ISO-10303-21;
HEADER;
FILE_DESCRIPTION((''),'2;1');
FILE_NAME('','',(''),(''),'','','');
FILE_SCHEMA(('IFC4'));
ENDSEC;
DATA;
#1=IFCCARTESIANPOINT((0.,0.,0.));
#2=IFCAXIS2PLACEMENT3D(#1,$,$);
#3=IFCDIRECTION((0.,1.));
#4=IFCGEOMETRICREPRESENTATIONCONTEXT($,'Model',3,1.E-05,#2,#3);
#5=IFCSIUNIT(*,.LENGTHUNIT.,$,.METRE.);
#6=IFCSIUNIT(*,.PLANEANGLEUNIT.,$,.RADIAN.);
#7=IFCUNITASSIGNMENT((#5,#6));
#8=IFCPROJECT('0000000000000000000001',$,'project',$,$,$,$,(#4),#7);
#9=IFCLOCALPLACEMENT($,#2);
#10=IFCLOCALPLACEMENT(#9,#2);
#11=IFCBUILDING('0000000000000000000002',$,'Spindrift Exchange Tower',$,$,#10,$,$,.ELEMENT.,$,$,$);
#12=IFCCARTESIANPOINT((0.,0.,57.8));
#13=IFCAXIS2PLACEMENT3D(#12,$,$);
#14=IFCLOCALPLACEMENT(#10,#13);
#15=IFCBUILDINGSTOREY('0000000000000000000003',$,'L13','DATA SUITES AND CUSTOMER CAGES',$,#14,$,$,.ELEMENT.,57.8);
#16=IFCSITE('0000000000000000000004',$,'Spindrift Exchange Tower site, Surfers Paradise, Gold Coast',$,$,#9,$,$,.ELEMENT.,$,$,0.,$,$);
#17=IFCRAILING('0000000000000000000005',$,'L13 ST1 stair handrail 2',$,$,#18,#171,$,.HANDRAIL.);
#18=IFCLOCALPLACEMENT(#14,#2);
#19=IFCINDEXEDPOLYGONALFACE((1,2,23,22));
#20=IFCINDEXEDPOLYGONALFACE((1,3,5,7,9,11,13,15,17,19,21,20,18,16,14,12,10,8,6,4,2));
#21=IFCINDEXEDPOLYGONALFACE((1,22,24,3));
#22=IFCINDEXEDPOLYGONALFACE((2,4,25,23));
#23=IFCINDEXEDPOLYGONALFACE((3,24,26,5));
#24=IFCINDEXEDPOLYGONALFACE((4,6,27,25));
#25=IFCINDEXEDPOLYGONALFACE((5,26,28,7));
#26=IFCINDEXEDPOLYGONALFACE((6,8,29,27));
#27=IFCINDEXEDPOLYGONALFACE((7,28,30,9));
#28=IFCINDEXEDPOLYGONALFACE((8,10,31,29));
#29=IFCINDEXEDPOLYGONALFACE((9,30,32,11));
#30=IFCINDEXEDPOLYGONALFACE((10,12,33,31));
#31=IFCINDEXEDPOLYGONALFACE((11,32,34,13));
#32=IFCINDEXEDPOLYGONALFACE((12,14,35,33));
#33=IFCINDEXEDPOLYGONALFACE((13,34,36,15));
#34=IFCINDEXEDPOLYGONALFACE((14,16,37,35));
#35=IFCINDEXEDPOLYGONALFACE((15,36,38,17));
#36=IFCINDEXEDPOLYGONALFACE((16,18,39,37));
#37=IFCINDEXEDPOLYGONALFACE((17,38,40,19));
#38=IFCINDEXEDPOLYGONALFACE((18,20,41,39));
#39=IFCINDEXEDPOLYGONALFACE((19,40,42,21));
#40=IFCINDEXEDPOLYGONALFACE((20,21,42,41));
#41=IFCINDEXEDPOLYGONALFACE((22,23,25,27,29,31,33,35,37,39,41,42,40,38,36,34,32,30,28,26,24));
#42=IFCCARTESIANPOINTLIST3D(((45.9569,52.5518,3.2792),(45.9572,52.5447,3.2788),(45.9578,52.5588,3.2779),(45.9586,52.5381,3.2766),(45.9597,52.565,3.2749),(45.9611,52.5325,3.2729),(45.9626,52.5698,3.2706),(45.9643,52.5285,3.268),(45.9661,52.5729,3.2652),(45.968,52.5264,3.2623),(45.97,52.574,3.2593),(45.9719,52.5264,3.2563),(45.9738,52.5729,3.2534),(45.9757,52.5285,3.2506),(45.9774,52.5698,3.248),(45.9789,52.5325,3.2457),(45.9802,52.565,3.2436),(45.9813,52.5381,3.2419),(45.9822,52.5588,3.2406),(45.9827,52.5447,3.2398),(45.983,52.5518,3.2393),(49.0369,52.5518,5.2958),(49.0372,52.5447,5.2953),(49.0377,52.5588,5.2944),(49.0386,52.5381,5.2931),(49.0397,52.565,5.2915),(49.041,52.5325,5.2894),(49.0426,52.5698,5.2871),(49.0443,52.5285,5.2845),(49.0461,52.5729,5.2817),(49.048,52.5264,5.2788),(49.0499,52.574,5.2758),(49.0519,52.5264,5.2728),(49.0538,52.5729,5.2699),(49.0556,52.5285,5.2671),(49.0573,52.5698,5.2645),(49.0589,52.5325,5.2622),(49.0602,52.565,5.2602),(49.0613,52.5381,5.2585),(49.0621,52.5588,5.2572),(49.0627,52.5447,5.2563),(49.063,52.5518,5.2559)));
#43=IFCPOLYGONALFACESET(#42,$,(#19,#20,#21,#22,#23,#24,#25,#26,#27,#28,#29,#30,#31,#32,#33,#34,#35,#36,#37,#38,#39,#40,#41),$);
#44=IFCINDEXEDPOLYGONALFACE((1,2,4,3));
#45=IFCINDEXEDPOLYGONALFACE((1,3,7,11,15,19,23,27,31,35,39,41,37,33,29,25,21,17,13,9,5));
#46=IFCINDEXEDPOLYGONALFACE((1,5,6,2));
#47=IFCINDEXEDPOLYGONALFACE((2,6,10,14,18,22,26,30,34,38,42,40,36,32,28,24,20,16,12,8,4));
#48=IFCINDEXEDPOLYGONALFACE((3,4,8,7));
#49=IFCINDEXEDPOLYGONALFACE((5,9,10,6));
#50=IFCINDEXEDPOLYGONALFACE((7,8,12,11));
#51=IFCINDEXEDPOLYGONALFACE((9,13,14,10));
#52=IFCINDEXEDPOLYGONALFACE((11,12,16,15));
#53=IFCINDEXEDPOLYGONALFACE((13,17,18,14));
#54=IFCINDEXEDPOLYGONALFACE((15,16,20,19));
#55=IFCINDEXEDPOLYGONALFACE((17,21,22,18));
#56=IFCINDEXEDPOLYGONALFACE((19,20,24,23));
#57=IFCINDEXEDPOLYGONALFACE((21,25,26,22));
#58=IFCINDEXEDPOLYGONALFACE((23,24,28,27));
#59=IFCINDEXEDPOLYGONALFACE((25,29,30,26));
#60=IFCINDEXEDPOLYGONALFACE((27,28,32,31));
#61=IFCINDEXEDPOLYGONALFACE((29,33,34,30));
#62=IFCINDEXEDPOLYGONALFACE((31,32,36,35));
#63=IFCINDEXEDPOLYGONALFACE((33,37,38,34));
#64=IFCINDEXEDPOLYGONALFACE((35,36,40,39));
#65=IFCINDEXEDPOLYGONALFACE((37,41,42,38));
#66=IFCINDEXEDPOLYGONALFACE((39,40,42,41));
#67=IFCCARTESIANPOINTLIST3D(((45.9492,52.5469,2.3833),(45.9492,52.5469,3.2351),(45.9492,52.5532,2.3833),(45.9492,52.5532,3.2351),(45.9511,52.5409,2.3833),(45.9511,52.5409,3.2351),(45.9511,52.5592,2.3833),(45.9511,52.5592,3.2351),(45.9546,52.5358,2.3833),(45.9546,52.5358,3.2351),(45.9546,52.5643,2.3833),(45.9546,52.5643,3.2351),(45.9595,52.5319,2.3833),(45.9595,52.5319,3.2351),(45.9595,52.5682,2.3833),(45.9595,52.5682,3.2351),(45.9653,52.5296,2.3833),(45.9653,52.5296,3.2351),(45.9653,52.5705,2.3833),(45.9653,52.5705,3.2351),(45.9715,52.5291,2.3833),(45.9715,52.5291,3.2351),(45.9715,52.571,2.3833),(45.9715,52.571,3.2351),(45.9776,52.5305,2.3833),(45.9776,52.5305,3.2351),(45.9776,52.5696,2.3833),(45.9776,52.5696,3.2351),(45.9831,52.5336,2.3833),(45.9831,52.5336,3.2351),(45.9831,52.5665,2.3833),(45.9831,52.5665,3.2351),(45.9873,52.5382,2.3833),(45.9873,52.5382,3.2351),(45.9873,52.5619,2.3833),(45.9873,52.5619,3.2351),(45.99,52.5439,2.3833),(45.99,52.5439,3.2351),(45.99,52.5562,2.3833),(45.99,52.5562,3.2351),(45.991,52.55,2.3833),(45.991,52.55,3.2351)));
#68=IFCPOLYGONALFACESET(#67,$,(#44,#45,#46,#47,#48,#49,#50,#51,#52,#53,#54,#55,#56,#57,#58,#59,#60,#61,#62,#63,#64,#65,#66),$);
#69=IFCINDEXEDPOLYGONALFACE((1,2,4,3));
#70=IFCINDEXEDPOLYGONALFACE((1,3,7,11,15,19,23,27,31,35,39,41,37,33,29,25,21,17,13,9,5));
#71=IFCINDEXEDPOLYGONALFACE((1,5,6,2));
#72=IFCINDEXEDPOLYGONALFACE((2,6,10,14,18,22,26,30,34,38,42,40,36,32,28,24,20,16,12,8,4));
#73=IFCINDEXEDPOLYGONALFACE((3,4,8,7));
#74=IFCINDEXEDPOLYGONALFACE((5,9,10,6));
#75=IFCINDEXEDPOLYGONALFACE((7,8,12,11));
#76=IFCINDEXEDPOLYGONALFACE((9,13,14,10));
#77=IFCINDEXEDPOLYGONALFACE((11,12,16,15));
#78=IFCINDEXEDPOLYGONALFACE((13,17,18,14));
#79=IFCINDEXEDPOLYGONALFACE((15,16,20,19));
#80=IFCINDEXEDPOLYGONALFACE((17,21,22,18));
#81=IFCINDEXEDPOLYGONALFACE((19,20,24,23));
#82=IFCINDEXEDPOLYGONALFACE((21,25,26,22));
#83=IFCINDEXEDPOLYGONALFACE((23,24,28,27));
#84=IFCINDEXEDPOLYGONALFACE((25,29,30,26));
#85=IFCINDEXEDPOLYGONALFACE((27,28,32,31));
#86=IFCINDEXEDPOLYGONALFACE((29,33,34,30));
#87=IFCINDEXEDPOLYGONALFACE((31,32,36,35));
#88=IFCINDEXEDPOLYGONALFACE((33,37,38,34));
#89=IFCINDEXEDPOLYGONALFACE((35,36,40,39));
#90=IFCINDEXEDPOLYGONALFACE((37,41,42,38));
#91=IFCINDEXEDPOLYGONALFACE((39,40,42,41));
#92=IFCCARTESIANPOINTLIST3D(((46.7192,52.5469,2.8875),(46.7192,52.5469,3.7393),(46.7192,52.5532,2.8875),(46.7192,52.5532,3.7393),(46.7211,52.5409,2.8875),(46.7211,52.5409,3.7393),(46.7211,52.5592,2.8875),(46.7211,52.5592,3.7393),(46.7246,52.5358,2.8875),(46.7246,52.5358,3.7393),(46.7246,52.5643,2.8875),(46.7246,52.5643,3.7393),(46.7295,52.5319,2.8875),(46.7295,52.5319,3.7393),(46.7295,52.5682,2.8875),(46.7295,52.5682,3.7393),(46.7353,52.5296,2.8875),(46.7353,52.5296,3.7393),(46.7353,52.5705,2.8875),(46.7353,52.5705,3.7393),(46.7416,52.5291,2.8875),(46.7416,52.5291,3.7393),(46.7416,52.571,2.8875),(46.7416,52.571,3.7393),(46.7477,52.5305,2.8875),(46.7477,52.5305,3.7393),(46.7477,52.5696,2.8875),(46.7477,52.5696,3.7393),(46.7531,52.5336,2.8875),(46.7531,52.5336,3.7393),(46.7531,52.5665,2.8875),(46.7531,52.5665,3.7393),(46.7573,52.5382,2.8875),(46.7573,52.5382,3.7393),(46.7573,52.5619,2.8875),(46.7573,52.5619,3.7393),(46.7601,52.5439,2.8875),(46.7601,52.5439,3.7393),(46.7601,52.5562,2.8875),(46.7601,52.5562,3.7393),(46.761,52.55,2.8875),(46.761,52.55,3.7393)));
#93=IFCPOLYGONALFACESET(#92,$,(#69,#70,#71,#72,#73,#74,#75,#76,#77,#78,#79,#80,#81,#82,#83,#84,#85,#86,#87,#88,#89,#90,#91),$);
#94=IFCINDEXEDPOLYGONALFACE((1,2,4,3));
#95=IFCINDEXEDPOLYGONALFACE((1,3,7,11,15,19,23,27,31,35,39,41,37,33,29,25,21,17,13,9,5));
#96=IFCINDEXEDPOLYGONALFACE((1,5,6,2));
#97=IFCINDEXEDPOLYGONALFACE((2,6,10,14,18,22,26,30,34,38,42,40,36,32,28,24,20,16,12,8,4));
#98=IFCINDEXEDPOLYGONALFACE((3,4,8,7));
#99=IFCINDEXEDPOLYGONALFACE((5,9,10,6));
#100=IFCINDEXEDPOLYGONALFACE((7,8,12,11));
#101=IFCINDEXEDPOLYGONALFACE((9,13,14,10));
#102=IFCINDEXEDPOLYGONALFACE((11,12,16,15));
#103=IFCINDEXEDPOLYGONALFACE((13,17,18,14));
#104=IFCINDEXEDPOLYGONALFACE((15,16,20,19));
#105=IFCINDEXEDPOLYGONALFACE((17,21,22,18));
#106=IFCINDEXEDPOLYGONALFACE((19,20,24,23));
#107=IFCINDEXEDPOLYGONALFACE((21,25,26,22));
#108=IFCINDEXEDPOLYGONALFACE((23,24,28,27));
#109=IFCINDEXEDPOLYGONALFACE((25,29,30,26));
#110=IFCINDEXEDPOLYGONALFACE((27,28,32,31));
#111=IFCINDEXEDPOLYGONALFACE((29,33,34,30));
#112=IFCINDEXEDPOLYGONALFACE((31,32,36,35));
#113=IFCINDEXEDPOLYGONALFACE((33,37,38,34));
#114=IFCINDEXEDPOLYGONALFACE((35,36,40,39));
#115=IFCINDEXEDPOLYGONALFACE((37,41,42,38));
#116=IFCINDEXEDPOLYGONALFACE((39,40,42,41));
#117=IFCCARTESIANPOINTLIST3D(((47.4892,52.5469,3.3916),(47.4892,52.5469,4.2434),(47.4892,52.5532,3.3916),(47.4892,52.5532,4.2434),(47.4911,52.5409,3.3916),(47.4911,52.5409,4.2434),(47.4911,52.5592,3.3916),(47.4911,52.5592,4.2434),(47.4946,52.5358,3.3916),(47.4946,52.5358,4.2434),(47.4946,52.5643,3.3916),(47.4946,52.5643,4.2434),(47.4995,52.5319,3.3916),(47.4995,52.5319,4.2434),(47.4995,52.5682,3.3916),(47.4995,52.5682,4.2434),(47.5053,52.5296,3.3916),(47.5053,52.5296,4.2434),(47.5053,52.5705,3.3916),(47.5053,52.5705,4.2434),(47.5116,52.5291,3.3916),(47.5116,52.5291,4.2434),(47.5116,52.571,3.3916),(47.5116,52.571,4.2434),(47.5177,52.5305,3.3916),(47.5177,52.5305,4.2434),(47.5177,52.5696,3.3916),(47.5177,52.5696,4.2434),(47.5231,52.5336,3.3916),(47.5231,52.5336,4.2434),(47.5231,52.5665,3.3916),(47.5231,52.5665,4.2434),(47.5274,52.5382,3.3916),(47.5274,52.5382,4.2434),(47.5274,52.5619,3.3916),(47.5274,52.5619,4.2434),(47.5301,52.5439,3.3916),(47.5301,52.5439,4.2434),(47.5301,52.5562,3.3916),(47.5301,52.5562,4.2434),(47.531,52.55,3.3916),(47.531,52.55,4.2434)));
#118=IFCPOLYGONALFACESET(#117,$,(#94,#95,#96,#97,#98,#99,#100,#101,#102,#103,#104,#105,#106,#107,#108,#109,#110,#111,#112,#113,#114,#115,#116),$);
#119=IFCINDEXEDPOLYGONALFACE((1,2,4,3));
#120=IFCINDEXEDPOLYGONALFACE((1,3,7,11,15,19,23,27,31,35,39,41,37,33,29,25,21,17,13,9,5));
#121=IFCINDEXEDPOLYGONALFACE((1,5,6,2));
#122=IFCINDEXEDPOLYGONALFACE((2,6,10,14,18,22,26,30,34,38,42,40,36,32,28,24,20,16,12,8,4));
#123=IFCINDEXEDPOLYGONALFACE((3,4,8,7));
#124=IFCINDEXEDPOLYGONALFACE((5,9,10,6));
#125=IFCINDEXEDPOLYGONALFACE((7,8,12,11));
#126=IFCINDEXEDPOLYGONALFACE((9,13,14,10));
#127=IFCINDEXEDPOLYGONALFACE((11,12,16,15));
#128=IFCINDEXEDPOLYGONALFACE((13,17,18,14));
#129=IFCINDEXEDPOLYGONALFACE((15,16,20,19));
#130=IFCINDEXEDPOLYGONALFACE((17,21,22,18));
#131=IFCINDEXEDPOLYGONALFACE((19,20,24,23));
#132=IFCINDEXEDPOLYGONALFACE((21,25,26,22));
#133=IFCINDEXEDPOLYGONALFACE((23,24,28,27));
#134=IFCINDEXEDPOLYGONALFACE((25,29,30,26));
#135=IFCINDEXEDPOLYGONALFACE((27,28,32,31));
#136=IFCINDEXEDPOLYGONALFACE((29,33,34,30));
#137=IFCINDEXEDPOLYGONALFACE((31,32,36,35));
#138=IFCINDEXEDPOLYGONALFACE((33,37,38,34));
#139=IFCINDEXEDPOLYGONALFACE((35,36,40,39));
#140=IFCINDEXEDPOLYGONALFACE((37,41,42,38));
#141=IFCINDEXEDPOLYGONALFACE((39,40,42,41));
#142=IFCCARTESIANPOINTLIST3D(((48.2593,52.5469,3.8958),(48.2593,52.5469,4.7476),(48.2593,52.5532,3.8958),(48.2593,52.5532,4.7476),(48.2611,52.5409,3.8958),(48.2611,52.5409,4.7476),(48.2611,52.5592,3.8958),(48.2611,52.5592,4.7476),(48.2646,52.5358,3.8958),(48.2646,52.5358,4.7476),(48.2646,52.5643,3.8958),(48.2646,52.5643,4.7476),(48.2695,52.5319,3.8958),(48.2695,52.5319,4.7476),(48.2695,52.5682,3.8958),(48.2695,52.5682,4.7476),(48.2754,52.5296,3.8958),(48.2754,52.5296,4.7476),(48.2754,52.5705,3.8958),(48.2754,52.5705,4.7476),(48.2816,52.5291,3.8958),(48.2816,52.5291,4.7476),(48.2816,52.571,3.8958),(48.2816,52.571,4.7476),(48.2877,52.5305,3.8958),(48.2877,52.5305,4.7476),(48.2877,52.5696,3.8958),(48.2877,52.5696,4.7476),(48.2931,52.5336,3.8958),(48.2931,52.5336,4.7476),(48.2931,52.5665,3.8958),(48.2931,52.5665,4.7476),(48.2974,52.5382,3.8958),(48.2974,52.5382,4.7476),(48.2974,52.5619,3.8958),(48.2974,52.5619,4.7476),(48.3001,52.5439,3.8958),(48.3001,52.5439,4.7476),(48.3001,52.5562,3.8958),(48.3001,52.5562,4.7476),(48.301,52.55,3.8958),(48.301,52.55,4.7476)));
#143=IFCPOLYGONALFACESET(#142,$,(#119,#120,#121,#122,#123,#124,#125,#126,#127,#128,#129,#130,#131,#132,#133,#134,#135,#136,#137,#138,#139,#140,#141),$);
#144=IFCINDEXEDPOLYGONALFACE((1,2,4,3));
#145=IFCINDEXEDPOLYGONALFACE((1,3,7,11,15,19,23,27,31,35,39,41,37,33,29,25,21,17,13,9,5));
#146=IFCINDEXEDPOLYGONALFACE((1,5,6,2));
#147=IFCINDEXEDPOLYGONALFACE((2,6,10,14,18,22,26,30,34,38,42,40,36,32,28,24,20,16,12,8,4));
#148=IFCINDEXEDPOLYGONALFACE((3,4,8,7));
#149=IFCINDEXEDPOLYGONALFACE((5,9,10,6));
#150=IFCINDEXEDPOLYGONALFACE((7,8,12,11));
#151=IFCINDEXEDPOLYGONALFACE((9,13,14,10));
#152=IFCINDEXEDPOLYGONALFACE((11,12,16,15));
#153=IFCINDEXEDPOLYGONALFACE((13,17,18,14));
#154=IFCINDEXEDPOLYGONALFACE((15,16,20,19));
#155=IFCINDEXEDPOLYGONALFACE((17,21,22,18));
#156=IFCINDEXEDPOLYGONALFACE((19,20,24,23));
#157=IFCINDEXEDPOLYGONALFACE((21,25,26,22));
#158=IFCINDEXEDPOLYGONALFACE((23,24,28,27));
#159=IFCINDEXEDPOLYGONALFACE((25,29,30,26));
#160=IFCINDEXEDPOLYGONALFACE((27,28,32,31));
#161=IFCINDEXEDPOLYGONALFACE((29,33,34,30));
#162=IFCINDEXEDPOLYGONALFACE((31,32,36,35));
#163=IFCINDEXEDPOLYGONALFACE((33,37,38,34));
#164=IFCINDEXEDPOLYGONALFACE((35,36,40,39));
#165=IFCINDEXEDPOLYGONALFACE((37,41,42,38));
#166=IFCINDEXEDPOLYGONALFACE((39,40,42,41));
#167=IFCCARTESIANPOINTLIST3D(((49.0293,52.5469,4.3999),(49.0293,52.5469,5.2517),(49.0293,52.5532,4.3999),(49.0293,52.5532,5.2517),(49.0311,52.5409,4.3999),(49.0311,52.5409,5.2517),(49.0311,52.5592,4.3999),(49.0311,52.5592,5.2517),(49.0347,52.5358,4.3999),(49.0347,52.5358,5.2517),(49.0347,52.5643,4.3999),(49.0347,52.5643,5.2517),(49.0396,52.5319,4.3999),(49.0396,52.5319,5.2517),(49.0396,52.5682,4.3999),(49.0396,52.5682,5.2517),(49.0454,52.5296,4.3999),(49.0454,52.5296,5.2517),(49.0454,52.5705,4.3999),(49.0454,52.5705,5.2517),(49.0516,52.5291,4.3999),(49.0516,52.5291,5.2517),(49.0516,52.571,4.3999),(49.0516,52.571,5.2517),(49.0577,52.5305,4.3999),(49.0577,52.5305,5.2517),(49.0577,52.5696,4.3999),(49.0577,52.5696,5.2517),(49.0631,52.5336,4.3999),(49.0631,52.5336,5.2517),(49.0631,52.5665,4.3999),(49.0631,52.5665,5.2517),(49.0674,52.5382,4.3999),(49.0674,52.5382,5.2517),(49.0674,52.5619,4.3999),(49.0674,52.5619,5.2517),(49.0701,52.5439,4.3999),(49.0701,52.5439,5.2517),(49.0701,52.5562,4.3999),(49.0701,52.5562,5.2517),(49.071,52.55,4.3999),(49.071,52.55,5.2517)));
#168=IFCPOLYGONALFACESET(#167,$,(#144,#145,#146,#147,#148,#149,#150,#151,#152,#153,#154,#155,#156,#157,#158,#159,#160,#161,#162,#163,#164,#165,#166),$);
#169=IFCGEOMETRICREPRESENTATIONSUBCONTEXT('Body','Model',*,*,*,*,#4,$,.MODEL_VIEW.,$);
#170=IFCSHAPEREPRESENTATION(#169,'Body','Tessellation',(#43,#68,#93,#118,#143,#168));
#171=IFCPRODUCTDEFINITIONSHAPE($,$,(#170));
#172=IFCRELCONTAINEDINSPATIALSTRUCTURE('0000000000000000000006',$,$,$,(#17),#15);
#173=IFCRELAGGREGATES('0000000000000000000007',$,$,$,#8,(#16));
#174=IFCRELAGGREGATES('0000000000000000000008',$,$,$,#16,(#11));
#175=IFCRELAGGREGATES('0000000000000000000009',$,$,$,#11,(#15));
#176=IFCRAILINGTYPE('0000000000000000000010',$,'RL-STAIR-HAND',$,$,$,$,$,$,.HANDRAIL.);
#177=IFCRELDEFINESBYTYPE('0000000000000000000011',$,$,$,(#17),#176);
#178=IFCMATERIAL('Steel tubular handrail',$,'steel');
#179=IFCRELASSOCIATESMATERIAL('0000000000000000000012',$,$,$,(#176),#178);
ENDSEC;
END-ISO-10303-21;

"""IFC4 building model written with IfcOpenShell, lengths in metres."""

from ifc_helpers import new_model, si_unit, direction, frame, origin, origin_2d, place, context, subcontext, project, spatial, circle, extrude, material, type_object, element, save


model = new_model("IFC4")

# Units and contexts
model_context = context("Model", 3, precision=1e-05, world=origin(), true_north=direction((0.0, 1.0)))
body_context = subcontext(model_context, "Body", "Model", "MODEL_VIEW")
ifc_project = project(units=[si_unit("LENGTHUNIT", "METRE"), si_unit("PLANEANGLEUNIT", "RADIAN")], contexts=[model_context])

# Site, building, storey
site_placement = place(None, origin())
site = spatial("IfcSite", under=ifc_project, at=site_placement, Name="Spindrift Exchange Tower site, Surfers Paradise, Gold Coast", CompositionType="ELEMENT", RefElevation=0.0)
building_placement = place(site_placement, origin())
building = spatial("IfcBuilding", under=site, at=building_placement, Name="Spindrift Exchange Tower", CompositionType="ELEMENT")
storey_placement = place(building_placement, frame((0.0, 0.0, 57.8)))
storey = spatial("IfcBuildingStorey", under=building, at=storey_placement, Name="L13", Description="DATA SUITES AND CUSTOMER CAGES", CompositionType="ELEMENT", Elevation=57.8)

# Railing
ifc_material_1 = material(Name="Steel tubular handrail", Category="steel")
railing_type_1 = type_object("IfcRailingType", Name="RL-STAIR-HAND", PredefinedType="HANDRAIL", material=ifc_material_1)
railing_1_placement = place(storey_placement, frame((45.97, 52.55, 2.3833)))
element("IfcRailing", 1, at=railing_1_placement, inside=storey, type_object=railing_type_1, Name="L13 ST1 stair handrail 2", PredefinedType="HANDRAIL", context=body_context, shape_type="SweptSolid", body=[
    extrude(circle(Radius=0.0239, at=origin_2d()), frame((0.0, 0.0, 0.876), z_axis=(0.836633, 0.0, 0.547764), x_axis=(0.0, 1.0, 0.0)), (0.0, 0.0, 1.0), 3.6814),
    extrude(circle(Radius=0.021, at=origin_2d()), origin(), (0.0, 0.0, 1.0), 0.8518),
    extrude(circle(Radius=0.021, at=origin_2d()), frame((0.77, 0.0, 0.5042)), (0.0, 0.0, 1.0), 0.8518),
    extrude(circle(Radius=0.021, at=origin_2d()), frame((1.54, 0.0, 1.0083)), (0.0, 0.0, 1.0), 0.8518),
    extrude(circle(Radius=0.021, at=origin_2d()), frame((2.3101, 0.0, 1.5125)), (0.0, 0.0, 1.0), 0.8518),
    extrude(circle(Radius=0.021, at=origin_2d()), frame((3.0801, 0.0, 2.0166)), (0.0, 0.0, 1.0), 0.8518),
])

save(model, "model.ifc")
